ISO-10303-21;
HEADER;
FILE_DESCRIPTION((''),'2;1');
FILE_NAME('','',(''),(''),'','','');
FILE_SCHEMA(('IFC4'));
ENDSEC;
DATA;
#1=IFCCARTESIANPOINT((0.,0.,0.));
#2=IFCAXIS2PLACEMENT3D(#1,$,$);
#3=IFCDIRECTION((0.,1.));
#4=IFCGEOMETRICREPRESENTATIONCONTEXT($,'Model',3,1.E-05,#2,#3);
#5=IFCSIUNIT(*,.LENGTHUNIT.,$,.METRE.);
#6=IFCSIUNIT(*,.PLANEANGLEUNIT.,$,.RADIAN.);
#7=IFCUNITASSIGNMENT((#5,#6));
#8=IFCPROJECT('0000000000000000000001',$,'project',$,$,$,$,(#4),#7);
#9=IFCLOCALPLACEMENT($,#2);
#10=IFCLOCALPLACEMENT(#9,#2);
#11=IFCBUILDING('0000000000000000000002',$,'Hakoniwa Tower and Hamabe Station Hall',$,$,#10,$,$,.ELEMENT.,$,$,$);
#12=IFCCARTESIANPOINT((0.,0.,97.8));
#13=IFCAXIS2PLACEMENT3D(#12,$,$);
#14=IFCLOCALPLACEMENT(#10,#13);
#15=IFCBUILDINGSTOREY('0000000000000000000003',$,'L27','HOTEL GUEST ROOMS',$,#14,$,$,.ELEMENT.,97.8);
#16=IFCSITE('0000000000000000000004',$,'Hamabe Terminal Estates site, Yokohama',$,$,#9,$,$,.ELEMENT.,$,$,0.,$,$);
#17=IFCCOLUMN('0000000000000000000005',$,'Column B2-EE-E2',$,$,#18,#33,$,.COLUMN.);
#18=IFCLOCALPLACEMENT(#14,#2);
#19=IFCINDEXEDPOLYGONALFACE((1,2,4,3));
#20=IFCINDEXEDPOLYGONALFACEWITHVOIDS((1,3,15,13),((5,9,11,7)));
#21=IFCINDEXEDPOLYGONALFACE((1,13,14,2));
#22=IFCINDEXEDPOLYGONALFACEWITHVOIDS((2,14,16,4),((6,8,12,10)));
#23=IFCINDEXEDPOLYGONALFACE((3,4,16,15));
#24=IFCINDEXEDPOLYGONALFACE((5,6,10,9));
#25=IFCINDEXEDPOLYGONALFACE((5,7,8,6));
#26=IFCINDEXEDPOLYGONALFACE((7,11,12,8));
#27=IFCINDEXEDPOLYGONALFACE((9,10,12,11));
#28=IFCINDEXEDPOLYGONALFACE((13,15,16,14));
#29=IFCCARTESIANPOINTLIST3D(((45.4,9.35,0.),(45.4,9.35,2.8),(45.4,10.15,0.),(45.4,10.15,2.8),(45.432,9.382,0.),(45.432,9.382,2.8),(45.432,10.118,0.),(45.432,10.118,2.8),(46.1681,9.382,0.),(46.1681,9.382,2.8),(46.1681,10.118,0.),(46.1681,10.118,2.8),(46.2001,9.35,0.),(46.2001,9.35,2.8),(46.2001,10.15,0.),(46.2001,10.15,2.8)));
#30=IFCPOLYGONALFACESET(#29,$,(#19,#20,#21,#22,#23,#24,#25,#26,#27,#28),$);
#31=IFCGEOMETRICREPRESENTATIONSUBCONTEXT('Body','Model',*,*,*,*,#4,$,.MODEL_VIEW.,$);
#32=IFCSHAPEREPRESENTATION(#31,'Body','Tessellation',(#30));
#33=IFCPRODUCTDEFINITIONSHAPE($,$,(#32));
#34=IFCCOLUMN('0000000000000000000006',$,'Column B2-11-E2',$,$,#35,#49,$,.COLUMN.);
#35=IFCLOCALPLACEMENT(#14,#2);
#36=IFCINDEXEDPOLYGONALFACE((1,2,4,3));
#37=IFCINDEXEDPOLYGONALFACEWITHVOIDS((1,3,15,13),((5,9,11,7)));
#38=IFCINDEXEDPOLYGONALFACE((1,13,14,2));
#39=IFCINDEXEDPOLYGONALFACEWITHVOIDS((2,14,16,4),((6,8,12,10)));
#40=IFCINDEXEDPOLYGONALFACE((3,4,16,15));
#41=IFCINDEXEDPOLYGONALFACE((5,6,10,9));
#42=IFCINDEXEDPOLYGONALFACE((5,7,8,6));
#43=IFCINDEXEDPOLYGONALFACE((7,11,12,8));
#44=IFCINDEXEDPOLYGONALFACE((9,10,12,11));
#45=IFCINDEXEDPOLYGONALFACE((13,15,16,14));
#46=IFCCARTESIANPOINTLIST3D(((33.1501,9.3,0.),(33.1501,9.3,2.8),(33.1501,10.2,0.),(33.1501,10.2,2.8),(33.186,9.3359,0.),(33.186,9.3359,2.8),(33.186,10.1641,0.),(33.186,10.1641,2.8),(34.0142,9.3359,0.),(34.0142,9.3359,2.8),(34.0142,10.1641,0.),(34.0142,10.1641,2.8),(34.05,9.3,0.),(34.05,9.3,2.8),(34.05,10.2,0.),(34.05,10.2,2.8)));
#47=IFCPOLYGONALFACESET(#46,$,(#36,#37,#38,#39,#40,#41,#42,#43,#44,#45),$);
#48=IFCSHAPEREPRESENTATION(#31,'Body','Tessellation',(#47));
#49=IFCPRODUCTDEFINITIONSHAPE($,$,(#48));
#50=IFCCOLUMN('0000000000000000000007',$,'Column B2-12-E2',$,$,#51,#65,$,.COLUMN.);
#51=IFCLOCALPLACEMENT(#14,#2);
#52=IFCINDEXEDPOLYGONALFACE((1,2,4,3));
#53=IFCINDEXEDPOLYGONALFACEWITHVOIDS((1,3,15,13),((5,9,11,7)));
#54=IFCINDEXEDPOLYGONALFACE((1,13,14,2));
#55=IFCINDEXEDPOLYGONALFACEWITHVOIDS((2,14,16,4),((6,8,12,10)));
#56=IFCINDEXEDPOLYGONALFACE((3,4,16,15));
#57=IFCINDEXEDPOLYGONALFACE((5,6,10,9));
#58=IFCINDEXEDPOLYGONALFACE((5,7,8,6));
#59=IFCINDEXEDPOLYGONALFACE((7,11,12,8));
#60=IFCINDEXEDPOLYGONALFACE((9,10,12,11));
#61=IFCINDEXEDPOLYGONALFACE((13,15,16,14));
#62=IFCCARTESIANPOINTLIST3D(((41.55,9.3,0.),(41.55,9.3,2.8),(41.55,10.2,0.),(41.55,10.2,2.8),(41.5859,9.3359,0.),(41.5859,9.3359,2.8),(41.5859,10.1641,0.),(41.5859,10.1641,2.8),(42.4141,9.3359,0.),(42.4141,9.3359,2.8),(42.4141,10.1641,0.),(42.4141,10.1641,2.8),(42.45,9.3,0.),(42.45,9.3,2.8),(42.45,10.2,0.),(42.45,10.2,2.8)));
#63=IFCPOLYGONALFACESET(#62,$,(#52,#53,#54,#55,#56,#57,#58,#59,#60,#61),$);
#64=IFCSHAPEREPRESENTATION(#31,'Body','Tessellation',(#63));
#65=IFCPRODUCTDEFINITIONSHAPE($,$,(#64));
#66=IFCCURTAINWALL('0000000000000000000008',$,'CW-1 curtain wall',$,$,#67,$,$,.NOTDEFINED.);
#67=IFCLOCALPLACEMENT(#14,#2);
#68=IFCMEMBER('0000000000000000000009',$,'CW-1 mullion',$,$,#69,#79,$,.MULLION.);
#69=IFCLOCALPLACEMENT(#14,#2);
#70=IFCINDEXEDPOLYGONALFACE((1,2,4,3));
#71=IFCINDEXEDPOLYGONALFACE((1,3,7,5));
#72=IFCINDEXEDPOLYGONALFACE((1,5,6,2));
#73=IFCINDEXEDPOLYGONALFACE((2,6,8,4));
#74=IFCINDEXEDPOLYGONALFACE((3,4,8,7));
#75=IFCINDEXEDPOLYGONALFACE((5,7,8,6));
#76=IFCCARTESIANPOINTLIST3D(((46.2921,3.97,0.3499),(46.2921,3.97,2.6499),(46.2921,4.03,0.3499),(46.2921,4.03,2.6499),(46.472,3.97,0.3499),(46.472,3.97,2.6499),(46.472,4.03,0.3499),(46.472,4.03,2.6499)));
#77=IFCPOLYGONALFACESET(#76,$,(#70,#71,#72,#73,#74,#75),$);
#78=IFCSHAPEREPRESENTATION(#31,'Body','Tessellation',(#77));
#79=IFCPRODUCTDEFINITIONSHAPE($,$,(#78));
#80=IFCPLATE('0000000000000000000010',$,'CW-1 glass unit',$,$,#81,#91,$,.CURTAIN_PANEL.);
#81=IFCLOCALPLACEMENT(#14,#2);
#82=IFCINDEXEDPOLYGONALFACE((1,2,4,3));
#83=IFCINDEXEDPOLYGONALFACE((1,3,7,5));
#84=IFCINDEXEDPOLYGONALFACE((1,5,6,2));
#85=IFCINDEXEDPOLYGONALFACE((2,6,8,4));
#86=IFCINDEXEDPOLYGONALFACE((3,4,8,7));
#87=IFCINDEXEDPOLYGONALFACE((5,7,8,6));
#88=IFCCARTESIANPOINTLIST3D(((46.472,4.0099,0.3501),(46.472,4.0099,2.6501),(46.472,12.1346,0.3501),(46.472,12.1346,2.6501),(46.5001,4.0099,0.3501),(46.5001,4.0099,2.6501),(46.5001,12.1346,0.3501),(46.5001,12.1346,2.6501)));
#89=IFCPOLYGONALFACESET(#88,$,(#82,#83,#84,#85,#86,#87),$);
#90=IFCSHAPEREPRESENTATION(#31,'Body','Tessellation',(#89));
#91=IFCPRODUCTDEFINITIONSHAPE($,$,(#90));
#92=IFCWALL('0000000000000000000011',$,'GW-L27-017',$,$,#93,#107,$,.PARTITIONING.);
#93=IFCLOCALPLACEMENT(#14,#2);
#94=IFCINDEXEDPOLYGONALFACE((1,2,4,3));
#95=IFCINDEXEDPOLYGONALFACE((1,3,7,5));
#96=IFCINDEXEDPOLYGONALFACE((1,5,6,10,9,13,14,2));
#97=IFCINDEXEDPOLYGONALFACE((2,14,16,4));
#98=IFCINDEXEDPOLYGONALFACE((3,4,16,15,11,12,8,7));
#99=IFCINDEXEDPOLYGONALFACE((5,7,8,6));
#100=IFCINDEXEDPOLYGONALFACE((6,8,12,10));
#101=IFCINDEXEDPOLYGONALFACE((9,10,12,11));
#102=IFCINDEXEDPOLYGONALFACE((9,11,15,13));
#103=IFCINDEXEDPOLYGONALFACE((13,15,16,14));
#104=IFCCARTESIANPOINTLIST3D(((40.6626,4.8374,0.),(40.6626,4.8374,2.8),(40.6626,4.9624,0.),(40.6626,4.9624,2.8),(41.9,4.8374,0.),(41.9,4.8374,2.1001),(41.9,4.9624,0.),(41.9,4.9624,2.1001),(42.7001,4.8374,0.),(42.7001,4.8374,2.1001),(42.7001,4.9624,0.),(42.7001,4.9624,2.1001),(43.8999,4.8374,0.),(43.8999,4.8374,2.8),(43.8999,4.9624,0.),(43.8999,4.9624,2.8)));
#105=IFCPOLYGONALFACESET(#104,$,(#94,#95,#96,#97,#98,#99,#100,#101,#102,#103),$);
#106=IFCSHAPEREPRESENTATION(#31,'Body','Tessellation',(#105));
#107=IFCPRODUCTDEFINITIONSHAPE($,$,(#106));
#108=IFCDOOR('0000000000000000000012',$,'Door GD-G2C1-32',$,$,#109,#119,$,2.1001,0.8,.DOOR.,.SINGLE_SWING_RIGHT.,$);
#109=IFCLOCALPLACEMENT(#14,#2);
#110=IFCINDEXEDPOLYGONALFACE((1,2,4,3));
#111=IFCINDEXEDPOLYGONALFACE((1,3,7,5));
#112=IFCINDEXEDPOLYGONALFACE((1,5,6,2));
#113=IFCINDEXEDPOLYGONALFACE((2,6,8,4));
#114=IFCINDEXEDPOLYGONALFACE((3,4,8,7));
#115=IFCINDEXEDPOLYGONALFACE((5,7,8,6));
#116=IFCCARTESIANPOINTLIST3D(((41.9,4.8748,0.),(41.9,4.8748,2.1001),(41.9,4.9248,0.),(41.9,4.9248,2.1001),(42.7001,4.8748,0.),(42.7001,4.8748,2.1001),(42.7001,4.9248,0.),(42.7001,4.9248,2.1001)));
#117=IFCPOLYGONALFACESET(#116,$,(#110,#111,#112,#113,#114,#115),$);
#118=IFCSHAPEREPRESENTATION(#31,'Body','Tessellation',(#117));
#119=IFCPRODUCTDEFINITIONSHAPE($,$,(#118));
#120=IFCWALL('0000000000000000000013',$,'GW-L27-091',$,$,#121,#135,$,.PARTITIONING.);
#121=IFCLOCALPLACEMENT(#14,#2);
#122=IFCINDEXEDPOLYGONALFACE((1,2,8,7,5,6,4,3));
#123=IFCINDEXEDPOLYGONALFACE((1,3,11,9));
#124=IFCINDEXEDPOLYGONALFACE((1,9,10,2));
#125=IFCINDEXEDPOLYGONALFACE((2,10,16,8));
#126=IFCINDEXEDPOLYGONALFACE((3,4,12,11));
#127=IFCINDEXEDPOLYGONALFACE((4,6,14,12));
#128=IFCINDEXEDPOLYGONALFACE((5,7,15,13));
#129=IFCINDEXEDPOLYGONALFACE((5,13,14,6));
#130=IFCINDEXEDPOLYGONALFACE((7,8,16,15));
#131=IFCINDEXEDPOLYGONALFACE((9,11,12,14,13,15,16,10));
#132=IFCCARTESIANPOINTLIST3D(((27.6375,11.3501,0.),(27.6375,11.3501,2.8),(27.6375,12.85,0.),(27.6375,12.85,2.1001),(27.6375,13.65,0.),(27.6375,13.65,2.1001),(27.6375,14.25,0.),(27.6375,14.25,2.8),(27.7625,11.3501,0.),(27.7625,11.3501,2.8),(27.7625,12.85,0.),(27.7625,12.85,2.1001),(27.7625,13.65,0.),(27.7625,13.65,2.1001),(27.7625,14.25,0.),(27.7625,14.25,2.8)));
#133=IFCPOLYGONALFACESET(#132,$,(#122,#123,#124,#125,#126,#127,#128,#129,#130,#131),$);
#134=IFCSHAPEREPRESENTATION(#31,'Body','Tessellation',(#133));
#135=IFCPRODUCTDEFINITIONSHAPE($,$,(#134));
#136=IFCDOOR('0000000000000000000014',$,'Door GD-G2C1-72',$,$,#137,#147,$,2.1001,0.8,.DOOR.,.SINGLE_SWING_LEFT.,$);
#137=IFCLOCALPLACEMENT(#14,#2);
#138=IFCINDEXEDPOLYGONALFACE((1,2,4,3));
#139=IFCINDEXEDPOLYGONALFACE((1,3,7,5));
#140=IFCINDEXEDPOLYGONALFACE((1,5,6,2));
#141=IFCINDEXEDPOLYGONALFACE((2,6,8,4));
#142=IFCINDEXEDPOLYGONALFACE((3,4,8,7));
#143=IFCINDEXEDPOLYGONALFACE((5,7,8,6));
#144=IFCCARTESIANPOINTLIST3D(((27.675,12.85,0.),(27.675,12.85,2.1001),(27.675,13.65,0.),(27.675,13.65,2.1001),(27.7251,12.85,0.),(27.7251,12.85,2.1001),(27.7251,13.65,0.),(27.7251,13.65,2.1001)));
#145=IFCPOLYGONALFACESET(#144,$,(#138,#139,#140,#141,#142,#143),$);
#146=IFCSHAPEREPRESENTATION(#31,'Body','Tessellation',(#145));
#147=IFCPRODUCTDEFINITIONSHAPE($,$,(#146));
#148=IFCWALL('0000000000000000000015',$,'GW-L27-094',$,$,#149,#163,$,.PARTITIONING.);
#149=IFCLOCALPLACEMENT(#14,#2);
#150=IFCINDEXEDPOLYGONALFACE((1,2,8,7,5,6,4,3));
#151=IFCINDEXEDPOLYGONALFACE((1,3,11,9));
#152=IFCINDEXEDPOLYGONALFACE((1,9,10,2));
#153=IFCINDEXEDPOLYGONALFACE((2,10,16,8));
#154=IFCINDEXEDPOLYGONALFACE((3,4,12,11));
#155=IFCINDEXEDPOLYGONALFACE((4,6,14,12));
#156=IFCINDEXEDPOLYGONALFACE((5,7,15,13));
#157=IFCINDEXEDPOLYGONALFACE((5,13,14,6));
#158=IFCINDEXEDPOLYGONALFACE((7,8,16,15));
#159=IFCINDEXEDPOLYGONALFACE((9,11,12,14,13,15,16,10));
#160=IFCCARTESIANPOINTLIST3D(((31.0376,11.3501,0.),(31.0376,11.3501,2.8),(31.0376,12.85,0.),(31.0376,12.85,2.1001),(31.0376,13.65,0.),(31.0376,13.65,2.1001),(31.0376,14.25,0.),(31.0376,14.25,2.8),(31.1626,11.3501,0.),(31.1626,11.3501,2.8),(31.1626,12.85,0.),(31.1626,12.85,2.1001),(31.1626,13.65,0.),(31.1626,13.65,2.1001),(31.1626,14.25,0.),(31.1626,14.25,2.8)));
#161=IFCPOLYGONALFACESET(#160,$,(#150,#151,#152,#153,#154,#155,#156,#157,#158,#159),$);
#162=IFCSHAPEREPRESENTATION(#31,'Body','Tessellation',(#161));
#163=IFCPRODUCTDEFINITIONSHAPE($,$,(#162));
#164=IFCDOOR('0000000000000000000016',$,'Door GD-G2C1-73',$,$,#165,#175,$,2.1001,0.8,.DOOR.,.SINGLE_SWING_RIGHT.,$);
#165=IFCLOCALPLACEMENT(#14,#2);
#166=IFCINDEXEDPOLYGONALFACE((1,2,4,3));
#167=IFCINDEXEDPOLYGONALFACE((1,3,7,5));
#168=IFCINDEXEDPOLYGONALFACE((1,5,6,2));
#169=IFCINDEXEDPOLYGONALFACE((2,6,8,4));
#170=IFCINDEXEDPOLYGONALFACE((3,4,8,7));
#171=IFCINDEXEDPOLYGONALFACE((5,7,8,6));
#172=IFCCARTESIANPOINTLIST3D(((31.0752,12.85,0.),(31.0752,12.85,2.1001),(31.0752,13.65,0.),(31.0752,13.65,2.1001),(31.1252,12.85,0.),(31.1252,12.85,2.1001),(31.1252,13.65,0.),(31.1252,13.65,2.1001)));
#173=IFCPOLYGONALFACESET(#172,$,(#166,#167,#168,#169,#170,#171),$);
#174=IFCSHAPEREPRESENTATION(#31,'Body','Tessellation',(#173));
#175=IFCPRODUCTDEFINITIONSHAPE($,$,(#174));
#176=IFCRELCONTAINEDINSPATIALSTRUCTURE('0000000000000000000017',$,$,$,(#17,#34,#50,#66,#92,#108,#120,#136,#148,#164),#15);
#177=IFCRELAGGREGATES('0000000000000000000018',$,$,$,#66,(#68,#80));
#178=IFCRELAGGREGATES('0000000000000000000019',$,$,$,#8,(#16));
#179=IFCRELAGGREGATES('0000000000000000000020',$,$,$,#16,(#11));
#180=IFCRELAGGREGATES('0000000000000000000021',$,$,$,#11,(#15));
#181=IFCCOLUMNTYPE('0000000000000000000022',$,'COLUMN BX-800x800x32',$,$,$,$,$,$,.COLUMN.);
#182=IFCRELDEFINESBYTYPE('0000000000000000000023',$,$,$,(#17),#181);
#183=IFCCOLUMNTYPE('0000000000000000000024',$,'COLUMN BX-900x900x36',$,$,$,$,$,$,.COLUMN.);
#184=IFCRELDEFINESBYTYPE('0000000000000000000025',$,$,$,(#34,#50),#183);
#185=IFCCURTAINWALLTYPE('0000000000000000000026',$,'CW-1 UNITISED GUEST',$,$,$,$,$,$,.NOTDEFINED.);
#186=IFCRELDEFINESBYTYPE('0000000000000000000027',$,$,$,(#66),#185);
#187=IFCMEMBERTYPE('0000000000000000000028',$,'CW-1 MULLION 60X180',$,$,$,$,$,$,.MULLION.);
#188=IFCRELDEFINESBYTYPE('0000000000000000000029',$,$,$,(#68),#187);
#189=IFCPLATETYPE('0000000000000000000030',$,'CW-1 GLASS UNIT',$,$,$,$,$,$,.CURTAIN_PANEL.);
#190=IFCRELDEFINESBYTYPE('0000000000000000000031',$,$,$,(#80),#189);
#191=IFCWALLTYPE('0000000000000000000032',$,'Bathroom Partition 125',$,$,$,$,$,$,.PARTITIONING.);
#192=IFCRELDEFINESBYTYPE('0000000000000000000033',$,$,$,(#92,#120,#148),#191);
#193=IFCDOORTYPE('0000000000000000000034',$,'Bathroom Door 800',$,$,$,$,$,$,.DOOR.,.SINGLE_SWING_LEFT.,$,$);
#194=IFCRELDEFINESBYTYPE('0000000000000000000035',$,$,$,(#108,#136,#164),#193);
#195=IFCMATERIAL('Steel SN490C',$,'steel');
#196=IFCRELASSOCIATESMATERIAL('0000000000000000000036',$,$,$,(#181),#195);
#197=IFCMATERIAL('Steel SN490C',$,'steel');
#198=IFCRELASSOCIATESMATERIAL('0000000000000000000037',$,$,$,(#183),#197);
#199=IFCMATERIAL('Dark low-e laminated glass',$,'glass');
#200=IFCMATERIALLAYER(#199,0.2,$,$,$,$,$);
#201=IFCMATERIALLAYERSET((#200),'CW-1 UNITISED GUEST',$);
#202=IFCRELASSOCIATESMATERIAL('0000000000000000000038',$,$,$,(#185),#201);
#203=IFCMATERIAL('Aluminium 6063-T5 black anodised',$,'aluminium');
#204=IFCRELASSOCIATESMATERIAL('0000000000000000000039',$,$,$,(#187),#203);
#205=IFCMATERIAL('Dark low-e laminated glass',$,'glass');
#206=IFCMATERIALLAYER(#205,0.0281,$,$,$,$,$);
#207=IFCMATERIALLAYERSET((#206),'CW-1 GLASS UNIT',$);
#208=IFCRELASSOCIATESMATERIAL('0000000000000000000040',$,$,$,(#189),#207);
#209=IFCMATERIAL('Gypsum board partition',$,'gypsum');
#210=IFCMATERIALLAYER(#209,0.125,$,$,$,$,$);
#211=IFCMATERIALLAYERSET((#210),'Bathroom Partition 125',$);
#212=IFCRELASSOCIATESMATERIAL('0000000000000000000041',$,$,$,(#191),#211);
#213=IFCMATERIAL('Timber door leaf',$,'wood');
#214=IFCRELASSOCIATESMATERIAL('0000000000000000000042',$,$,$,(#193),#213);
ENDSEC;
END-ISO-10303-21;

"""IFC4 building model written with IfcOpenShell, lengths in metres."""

from ifc_helpers import new_model, si_unit, direction, frame, frame_2d, origin, origin_2d, place, context, subcontext, project, spatial, rectangle, hollow_rectangle, extrude, material, layer, layer_set, material_profile, profile_set, type_object, element, fill, aggregate, save


model = new_model("IFC4")

# Units and contexts
model_context = context("Model", 3, precision=1e-05, world=origin(), true_north=direction((0.0, 1.0)))
body_context = subcontext(model_context, "Body", "Model", "MODEL_VIEW")
ifc_project = project(units=[si_unit("LENGTHUNIT", "METRE"), si_unit("PLANEANGLEUNIT", "RADIAN")], contexts=[model_context])

# Site, building, storey
site_placement = place(None, origin())
site = spatial("IfcSite", under=ifc_project, at=site_placement, Name="Hamabe Terminal Estates site, Yokohama", CompositionType="ELEMENT", RefElevation=0.0)
building_placement = place(site_placement, origin())
building = spatial("IfcBuilding", under=site, at=building_placement, Name="Hakoniwa Tower and Hamabe Station Hall", CompositionType="ELEMENT")
storey_placement = place(building_placement, frame((0.0, 0.0, 97.8)))
storey = spatial("IfcBuildingStorey", under=building, at=storey_placement, Name="L27", Description="HOTEL GUEST ROOMS", CompositionType="ELEMENT", Elevation=97.8)

# Columns
ifc_material_1 = material(Name="Steel SN490C", Category="steel")
ifc_material_profile_1 = material_profile(ifc_material_1, hollow_rectangle(XDim=0.8, YDim=0.8, WallThickness=0.032, at=origin_2d()), Name="BX-800x800x32")
ifc_profile_set_1 = profile_set([ifc_material_profile_1], Name="Steel SN490C")
column_type_1 = type_object("IfcColumnType", Name="COLUMN BX-800x800x32", PredefinedType="COLUMN", material=ifc_profile_set_1)
column_placement = place(storey_placement, frame((45.8, 9.75, 0.0), z_axis=(0.0, 0.0, 1.0), x_axis=(1.0, 0.0, 0.0)))
element("IfcColumn", 1, at=column_placement, inside=storey, type_object=column_type_1, Name="Column B2-EE-E2", PredefinedType="COLUMN", context=body_context, shape_type="SweptSolid", body=[
    extrude(hollow_rectangle(XDim=0.8, YDim=0.8, WallThickness=0.032, at=origin_2d()), origin(), (0.0, 0.0, 1.0), 2.8),
])
ifc_material_2 = material(Name="Steel SN490C", Category="steel")
ifc_material_profile_2 = material_profile(ifc_material_2, hollow_rectangle(XDim=0.8999, YDim=0.8999, WallThickness=0.0359, at=origin_2d()), Name="BX-900x900x36")
ifc_profile_set_2 = profile_set([ifc_material_profile_2], Name="Steel SN490C")
column_type_2 = type_object("IfcColumnType", Name="COLUMN BX-900x900x36", PredefinedType="COLUMN", material=ifc_profile_set_2)
for number, where, z_axis, x_axis, name in (
    (2, (33.6001, 9.75, 0.0), (0.0, 0.0, 1.0), (1.0, 0.0, 0.0), "Column B2-11-E2"),
    (3, (42.0, 9.75, 0.0), (0.0, 0.0, 1.0), (1.0, 0.0, 0.0), "Column B2-12-E2"),
):
    element("IfcColumn", number, at=place(storey_placement, frame(where, z_axis=z_axis, x_axis=x_axis)), inside=storey, type_object=column_type_2, Name=name, PredefinedType="COLUMN", context=body_context, shape_type="SweptSolid", body=[
        extrude(hollow_rectangle(XDim=0.8999, YDim=0.8999, WallThickness=0.0359, at=origin_2d()), origin(), (0.0, 0.0, 1.0), 2.8),
    ])

# Curtain wall, member, plate
ifc_material_3 = material(Name="Dark low-e laminated glass", Category="glass")
ifc_layer_1 = layer(ifc_material_3, 0.2)
ifc_layer_set_1 = layer_set([ifc_layer_1], Name="CW-1 UNITISED GUEST")
curtain_wall_type = type_object("IfcCurtainWallType", Name="CW-1 UNITISED GUEST", PredefinedType="NOTDEFINED", material=ifc_layer_set_1)
curtain_wall_placement = place(storey_placement, origin())
curtain_wall = element("IfcCurtainWall", 4, at=curtain_wall_placement, inside=storey, type_object=curtain_wall_type, Name="CW-1 curtain wall", PredefinedType="NOTDEFINED")
ifc_material_4 = material(Name="Aluminium 6063-T5 black anodised", Category="aluminium")
ifc_material_profile_3 = material_profile(ifc_material_4, rectangle(XDim=0.0601, YDim=0.1799, at=origin_2d()), Name="CW-1 MULLION 60X180")
ifc_profile_set_3 = profile_set([ifc_material_profile_3], Name="Aluminium 6063-T5 black anodised")
member_type = type_object("IfcMemberType", Name="CW-1 MULLION 60X180", PredefinedType="MULLION", material=ifc_profile_set_3)
member_placement = place(storey_placement, frame((46.3821, 4.0, 0.3499), z_axis=(0.0, 0.0, 1.0), x_axis=(0.0, 1.0, 0.0)))
member = element("IfcMember", 5, at=member_placement, type_object=member_type, Name="CW-1 mullion", PredefinedType="MULLION", context=body_context, shape_type="SweptSolid", body=[
    extrude(rectangle(XDim=0.0601, YDim=0.1799, at=origin_2d()), origin(), (0.0, 0.0, 1.0), 2.3),
])
ifc_material_5 = material(Name="Dark low-e laminated glass", Category="glass")
ifc_layer_2 = layer(ifc_material_5, 0.0281)
ifc_layer_set_2 = layer_set([ifc_layer_2], Name="CW-1 GLASS UNIT")
plate_type = type_object("IfcPlateType", Name="CW-1 GLASS UNIT", PredefinedType="CURTAIN_PANEL", material=ifc_layer_set_2)
plate_placement = place(storey_placement, frame((46.4861, 8.0723, 0.3501), z_axis=(0.0, 0.0, 1.0), x_axis=(0.0, 1.0, 0.0)))
plate = element("IfcPlate", 6, at=plate_placement, type_object=plate_type, Name="CW-1 glass unit", PredefinedType="CURTAIN_PANEL", context=body_context, shape_type="SweptSolid", body=[
    extrude(rectangle(XDim=8.1248, YDim=0.0281, at=origin_2d()), origin(), (0.0, 0.0, 1.0), 2.3),
])
aggregate(curtain_wall, [member, plate])

# Walls, openings, doors
ifc_material_6 = material(Name="Gypsum board partition", Category="gypsum")
ifc_layer_3 = layer(ifc_material_6, 0.125)
ifc_layer_set_3 = layer_set([ifc_layer_3], Name="Bathroom Partition 125")
wall_type_1 = type_object("IfcWallType", Name="Bathroom Partition 125", PredefinedType="PARTITIONING", material=ifc_layer_set_3)
wall_1_placement = place(storey_placement, frame((40.6626, 4.8999, 0.0), z_axis=(0.0, 0.0, 1.0), x_axis=(1.0, 0.0, 0.0)))
wall_1 = element("IfcWall", 7, at=wall_1_placement, inside=storey, type_object=wall_type_1, Name="GW-L27-017", PredefinedType="PARTITIONING", context=body_context, shape_type="SweptSolid", body=[
    extrude(rectangle(XDim=3.2373, YDim=0.125, at=frame_2d((1.6187, 0.0))), origin(), (0.0, 0.0, 1.0), 2.8),
])
opening_1_placement = place(wall_1_placement, frame((1.2375, 0.0, 0.0)))
opening_1 = element("IfcOpeningElement", 8, at=opening_1_placement, cuts=wall_1, PredefinedType="OPENING", context=body_context, shape_type="SweptSolid", body=[
    extrude(rectangle(XDim=0.8, YDim=2.1001, at=frame_2d((0.3999, 1.05))), frame((0.0, 0.0725, 0.0), z_axis=(0.0, -1.0, 0.0), x_axis=(1.0, 0.0, 0.0)), (0.0, 0.0, 1.0), 0.145),
])
ifc_material_7 = material(Name="Timber door leaf", Category="wood")
door_type_1 = type_object("IfcDoorType", Name="Bathroom Door 800", OperationType="SINGLE_SWING_LEFT", PredefinedType="DOOR", material=ifc_material_7)
door_1_placement = place(opening_1_placement, origin())
door_1 = element("IfcDoor", 9, at=door_1_placement, inside=storey, type_object=door_type_1, Name="Door GD-G2C1-32", OperationType="SINGLE_SWING_RIGHT", OverallHeight=2.1001, OverallWidth=0.8, PredefinedType="DOOR", context=body_context, shape_type="SweptSolid", body=[
    extrude(rectangle(XDim=0.8, YDim=2.1001, at=frame_2d((0.3999, 1.05))), frame((0.0, 0.0249, 0.0), z_axis=(0.0, -1.0, 0.0), x_axis=(1.0, 0.0, 0.0)), (0.0, 0.0, 1.0), 0.05),
])
fill(opening_1, door_1)
wall_2_placement = place(storey_placement, frame((27.7, 11.3501, 0.0), z_axis=(0.0, 0.0, 1.0), x_axis=(0.0, 1.0, 0.0)))
wall_2 = element("IfcWall", 10, at=wall_2_placement, inside=storey, type_object=wall_type_1, Name="GW-L27-091", PredefinedType="PARTITIONING", context=body_context, shape_type="SweptSolid", body=[
    extrude(rectangle(XDim=2.8999, YDim=0.125, at=frame_2d((1.45, 0.0))), origin(), (0.0, 0.0, 1.0), 2.8),
])
opening_2_placement = place(wall_2_placement, frame((1.5, 0.0, 0.0)))
opening_2 = element("IfcOpeningElement", 11, at=opening_2_placement, cuts=wall_2, PredefinedType="OPENING", context=body_context, shape_type="SweptSolid", body=[
    extrude(rectangle(XDim=0.8, YDim=2.1001, at=frame_2d((0.3999, 1.05))), frame((0.0, 0.0725, 0.0), z_axis=(0.0, -1.0, 0.0), x_axis=(1.0, 0.0, 0.0)), (0.0, 0.0, 1.0), 0.145),
])
door_2_placement = place(opening_2_placement, origin())
door_2 = element("IfcDoor", 12, at=door_2_placement, inside=storey, type_object=door_type_1, Name="Door GD-G2C1-72", OperationType="SINGLE_SWING_LEFT", OverallHeight=2.1001, OverallWidth=0.8, PredefinedType="DOOR", context=body_context, shape_type="SweptSolid", body=[
    extrude(rectangle(XDim=0.8, YDim=2.1001, at=frame_2d((0.3999, 1.05))), frame((0.0, 0.0249, 0.0), z_axis=(0.0, -1.0, 0.0), x_axis=(1.0, 0.0, 0.0)), (0.0, 0.0, 1.0), 0.05),
])
fill(opening_2, door_2)
wall_3_placement = place(storey_placement, frame((31.1001, 11.3501, 0.0), z_axis=(0.0, 0.0, 1.0), x_axis=(0.0, 1.0, 0.0)))
wall_3 = element("IfcWall", 13, at=wall_3_placement, inside=storey, type_object=wall_type_1, Name="GW-L27-094", PredefinedType="PARTITIONING", context=body_context, shape_type="SweptSolid", body=[
    extrude(rectangle(XDim=2.8999, YDim=0.125, at=frame_2d((1.45, 0.0))), origin(), (0.0, 0.0, 1.0), 2.8),
])
opening_3_placement = place(wall_3_placement, frame((1.5, 0.0, 0.0)))
opening_3 = element("IfcOpeningElement", 14, at=opening_3_placement, cuts=wall_3, PredefinedType="OPENING", context=body_context, shape_type="SweptSolid", body=[
    extrude(rectangle(XDim=0.8, YDim=2.1001, at=frame_2d((0.3999, 1.05))), frame((0.0, 0.0725, 0.0), z_axis=(0.0, -1.0, 0.0), x_axis=(1.0, 0.0, 0.0)), (0.0, 0.0, 1.0), 0.145),
])
door_3_placement = place(opening_3_placement, origin())
door_3 = element("IfcDoor", 15, at=door_3_placement, inside=storey, type_object=door_type_1, Name="Door GD-G2C1-73", OperationType="SINGLE_SWING_RIGHT", OverallHeight=2.1001, OverallWidth=0.8, PredefinedType="DOOR", context=body_context, shape_type="SweptSolid", body=[
    extrude(rectangle(XDim=0.8, YDim=2.1001, at=frame_2d((0.3999, 1.05))), frame((0.0, 0.0249, 0.0), z_axis=(0.0, -1.0, 0.0), x_axis=(1.0, 0.0, 0.0)), (0.0, 0.0, 1.0), 0.05),
])
fill(opening_3, door_3)

save(model, "model.ifc")
